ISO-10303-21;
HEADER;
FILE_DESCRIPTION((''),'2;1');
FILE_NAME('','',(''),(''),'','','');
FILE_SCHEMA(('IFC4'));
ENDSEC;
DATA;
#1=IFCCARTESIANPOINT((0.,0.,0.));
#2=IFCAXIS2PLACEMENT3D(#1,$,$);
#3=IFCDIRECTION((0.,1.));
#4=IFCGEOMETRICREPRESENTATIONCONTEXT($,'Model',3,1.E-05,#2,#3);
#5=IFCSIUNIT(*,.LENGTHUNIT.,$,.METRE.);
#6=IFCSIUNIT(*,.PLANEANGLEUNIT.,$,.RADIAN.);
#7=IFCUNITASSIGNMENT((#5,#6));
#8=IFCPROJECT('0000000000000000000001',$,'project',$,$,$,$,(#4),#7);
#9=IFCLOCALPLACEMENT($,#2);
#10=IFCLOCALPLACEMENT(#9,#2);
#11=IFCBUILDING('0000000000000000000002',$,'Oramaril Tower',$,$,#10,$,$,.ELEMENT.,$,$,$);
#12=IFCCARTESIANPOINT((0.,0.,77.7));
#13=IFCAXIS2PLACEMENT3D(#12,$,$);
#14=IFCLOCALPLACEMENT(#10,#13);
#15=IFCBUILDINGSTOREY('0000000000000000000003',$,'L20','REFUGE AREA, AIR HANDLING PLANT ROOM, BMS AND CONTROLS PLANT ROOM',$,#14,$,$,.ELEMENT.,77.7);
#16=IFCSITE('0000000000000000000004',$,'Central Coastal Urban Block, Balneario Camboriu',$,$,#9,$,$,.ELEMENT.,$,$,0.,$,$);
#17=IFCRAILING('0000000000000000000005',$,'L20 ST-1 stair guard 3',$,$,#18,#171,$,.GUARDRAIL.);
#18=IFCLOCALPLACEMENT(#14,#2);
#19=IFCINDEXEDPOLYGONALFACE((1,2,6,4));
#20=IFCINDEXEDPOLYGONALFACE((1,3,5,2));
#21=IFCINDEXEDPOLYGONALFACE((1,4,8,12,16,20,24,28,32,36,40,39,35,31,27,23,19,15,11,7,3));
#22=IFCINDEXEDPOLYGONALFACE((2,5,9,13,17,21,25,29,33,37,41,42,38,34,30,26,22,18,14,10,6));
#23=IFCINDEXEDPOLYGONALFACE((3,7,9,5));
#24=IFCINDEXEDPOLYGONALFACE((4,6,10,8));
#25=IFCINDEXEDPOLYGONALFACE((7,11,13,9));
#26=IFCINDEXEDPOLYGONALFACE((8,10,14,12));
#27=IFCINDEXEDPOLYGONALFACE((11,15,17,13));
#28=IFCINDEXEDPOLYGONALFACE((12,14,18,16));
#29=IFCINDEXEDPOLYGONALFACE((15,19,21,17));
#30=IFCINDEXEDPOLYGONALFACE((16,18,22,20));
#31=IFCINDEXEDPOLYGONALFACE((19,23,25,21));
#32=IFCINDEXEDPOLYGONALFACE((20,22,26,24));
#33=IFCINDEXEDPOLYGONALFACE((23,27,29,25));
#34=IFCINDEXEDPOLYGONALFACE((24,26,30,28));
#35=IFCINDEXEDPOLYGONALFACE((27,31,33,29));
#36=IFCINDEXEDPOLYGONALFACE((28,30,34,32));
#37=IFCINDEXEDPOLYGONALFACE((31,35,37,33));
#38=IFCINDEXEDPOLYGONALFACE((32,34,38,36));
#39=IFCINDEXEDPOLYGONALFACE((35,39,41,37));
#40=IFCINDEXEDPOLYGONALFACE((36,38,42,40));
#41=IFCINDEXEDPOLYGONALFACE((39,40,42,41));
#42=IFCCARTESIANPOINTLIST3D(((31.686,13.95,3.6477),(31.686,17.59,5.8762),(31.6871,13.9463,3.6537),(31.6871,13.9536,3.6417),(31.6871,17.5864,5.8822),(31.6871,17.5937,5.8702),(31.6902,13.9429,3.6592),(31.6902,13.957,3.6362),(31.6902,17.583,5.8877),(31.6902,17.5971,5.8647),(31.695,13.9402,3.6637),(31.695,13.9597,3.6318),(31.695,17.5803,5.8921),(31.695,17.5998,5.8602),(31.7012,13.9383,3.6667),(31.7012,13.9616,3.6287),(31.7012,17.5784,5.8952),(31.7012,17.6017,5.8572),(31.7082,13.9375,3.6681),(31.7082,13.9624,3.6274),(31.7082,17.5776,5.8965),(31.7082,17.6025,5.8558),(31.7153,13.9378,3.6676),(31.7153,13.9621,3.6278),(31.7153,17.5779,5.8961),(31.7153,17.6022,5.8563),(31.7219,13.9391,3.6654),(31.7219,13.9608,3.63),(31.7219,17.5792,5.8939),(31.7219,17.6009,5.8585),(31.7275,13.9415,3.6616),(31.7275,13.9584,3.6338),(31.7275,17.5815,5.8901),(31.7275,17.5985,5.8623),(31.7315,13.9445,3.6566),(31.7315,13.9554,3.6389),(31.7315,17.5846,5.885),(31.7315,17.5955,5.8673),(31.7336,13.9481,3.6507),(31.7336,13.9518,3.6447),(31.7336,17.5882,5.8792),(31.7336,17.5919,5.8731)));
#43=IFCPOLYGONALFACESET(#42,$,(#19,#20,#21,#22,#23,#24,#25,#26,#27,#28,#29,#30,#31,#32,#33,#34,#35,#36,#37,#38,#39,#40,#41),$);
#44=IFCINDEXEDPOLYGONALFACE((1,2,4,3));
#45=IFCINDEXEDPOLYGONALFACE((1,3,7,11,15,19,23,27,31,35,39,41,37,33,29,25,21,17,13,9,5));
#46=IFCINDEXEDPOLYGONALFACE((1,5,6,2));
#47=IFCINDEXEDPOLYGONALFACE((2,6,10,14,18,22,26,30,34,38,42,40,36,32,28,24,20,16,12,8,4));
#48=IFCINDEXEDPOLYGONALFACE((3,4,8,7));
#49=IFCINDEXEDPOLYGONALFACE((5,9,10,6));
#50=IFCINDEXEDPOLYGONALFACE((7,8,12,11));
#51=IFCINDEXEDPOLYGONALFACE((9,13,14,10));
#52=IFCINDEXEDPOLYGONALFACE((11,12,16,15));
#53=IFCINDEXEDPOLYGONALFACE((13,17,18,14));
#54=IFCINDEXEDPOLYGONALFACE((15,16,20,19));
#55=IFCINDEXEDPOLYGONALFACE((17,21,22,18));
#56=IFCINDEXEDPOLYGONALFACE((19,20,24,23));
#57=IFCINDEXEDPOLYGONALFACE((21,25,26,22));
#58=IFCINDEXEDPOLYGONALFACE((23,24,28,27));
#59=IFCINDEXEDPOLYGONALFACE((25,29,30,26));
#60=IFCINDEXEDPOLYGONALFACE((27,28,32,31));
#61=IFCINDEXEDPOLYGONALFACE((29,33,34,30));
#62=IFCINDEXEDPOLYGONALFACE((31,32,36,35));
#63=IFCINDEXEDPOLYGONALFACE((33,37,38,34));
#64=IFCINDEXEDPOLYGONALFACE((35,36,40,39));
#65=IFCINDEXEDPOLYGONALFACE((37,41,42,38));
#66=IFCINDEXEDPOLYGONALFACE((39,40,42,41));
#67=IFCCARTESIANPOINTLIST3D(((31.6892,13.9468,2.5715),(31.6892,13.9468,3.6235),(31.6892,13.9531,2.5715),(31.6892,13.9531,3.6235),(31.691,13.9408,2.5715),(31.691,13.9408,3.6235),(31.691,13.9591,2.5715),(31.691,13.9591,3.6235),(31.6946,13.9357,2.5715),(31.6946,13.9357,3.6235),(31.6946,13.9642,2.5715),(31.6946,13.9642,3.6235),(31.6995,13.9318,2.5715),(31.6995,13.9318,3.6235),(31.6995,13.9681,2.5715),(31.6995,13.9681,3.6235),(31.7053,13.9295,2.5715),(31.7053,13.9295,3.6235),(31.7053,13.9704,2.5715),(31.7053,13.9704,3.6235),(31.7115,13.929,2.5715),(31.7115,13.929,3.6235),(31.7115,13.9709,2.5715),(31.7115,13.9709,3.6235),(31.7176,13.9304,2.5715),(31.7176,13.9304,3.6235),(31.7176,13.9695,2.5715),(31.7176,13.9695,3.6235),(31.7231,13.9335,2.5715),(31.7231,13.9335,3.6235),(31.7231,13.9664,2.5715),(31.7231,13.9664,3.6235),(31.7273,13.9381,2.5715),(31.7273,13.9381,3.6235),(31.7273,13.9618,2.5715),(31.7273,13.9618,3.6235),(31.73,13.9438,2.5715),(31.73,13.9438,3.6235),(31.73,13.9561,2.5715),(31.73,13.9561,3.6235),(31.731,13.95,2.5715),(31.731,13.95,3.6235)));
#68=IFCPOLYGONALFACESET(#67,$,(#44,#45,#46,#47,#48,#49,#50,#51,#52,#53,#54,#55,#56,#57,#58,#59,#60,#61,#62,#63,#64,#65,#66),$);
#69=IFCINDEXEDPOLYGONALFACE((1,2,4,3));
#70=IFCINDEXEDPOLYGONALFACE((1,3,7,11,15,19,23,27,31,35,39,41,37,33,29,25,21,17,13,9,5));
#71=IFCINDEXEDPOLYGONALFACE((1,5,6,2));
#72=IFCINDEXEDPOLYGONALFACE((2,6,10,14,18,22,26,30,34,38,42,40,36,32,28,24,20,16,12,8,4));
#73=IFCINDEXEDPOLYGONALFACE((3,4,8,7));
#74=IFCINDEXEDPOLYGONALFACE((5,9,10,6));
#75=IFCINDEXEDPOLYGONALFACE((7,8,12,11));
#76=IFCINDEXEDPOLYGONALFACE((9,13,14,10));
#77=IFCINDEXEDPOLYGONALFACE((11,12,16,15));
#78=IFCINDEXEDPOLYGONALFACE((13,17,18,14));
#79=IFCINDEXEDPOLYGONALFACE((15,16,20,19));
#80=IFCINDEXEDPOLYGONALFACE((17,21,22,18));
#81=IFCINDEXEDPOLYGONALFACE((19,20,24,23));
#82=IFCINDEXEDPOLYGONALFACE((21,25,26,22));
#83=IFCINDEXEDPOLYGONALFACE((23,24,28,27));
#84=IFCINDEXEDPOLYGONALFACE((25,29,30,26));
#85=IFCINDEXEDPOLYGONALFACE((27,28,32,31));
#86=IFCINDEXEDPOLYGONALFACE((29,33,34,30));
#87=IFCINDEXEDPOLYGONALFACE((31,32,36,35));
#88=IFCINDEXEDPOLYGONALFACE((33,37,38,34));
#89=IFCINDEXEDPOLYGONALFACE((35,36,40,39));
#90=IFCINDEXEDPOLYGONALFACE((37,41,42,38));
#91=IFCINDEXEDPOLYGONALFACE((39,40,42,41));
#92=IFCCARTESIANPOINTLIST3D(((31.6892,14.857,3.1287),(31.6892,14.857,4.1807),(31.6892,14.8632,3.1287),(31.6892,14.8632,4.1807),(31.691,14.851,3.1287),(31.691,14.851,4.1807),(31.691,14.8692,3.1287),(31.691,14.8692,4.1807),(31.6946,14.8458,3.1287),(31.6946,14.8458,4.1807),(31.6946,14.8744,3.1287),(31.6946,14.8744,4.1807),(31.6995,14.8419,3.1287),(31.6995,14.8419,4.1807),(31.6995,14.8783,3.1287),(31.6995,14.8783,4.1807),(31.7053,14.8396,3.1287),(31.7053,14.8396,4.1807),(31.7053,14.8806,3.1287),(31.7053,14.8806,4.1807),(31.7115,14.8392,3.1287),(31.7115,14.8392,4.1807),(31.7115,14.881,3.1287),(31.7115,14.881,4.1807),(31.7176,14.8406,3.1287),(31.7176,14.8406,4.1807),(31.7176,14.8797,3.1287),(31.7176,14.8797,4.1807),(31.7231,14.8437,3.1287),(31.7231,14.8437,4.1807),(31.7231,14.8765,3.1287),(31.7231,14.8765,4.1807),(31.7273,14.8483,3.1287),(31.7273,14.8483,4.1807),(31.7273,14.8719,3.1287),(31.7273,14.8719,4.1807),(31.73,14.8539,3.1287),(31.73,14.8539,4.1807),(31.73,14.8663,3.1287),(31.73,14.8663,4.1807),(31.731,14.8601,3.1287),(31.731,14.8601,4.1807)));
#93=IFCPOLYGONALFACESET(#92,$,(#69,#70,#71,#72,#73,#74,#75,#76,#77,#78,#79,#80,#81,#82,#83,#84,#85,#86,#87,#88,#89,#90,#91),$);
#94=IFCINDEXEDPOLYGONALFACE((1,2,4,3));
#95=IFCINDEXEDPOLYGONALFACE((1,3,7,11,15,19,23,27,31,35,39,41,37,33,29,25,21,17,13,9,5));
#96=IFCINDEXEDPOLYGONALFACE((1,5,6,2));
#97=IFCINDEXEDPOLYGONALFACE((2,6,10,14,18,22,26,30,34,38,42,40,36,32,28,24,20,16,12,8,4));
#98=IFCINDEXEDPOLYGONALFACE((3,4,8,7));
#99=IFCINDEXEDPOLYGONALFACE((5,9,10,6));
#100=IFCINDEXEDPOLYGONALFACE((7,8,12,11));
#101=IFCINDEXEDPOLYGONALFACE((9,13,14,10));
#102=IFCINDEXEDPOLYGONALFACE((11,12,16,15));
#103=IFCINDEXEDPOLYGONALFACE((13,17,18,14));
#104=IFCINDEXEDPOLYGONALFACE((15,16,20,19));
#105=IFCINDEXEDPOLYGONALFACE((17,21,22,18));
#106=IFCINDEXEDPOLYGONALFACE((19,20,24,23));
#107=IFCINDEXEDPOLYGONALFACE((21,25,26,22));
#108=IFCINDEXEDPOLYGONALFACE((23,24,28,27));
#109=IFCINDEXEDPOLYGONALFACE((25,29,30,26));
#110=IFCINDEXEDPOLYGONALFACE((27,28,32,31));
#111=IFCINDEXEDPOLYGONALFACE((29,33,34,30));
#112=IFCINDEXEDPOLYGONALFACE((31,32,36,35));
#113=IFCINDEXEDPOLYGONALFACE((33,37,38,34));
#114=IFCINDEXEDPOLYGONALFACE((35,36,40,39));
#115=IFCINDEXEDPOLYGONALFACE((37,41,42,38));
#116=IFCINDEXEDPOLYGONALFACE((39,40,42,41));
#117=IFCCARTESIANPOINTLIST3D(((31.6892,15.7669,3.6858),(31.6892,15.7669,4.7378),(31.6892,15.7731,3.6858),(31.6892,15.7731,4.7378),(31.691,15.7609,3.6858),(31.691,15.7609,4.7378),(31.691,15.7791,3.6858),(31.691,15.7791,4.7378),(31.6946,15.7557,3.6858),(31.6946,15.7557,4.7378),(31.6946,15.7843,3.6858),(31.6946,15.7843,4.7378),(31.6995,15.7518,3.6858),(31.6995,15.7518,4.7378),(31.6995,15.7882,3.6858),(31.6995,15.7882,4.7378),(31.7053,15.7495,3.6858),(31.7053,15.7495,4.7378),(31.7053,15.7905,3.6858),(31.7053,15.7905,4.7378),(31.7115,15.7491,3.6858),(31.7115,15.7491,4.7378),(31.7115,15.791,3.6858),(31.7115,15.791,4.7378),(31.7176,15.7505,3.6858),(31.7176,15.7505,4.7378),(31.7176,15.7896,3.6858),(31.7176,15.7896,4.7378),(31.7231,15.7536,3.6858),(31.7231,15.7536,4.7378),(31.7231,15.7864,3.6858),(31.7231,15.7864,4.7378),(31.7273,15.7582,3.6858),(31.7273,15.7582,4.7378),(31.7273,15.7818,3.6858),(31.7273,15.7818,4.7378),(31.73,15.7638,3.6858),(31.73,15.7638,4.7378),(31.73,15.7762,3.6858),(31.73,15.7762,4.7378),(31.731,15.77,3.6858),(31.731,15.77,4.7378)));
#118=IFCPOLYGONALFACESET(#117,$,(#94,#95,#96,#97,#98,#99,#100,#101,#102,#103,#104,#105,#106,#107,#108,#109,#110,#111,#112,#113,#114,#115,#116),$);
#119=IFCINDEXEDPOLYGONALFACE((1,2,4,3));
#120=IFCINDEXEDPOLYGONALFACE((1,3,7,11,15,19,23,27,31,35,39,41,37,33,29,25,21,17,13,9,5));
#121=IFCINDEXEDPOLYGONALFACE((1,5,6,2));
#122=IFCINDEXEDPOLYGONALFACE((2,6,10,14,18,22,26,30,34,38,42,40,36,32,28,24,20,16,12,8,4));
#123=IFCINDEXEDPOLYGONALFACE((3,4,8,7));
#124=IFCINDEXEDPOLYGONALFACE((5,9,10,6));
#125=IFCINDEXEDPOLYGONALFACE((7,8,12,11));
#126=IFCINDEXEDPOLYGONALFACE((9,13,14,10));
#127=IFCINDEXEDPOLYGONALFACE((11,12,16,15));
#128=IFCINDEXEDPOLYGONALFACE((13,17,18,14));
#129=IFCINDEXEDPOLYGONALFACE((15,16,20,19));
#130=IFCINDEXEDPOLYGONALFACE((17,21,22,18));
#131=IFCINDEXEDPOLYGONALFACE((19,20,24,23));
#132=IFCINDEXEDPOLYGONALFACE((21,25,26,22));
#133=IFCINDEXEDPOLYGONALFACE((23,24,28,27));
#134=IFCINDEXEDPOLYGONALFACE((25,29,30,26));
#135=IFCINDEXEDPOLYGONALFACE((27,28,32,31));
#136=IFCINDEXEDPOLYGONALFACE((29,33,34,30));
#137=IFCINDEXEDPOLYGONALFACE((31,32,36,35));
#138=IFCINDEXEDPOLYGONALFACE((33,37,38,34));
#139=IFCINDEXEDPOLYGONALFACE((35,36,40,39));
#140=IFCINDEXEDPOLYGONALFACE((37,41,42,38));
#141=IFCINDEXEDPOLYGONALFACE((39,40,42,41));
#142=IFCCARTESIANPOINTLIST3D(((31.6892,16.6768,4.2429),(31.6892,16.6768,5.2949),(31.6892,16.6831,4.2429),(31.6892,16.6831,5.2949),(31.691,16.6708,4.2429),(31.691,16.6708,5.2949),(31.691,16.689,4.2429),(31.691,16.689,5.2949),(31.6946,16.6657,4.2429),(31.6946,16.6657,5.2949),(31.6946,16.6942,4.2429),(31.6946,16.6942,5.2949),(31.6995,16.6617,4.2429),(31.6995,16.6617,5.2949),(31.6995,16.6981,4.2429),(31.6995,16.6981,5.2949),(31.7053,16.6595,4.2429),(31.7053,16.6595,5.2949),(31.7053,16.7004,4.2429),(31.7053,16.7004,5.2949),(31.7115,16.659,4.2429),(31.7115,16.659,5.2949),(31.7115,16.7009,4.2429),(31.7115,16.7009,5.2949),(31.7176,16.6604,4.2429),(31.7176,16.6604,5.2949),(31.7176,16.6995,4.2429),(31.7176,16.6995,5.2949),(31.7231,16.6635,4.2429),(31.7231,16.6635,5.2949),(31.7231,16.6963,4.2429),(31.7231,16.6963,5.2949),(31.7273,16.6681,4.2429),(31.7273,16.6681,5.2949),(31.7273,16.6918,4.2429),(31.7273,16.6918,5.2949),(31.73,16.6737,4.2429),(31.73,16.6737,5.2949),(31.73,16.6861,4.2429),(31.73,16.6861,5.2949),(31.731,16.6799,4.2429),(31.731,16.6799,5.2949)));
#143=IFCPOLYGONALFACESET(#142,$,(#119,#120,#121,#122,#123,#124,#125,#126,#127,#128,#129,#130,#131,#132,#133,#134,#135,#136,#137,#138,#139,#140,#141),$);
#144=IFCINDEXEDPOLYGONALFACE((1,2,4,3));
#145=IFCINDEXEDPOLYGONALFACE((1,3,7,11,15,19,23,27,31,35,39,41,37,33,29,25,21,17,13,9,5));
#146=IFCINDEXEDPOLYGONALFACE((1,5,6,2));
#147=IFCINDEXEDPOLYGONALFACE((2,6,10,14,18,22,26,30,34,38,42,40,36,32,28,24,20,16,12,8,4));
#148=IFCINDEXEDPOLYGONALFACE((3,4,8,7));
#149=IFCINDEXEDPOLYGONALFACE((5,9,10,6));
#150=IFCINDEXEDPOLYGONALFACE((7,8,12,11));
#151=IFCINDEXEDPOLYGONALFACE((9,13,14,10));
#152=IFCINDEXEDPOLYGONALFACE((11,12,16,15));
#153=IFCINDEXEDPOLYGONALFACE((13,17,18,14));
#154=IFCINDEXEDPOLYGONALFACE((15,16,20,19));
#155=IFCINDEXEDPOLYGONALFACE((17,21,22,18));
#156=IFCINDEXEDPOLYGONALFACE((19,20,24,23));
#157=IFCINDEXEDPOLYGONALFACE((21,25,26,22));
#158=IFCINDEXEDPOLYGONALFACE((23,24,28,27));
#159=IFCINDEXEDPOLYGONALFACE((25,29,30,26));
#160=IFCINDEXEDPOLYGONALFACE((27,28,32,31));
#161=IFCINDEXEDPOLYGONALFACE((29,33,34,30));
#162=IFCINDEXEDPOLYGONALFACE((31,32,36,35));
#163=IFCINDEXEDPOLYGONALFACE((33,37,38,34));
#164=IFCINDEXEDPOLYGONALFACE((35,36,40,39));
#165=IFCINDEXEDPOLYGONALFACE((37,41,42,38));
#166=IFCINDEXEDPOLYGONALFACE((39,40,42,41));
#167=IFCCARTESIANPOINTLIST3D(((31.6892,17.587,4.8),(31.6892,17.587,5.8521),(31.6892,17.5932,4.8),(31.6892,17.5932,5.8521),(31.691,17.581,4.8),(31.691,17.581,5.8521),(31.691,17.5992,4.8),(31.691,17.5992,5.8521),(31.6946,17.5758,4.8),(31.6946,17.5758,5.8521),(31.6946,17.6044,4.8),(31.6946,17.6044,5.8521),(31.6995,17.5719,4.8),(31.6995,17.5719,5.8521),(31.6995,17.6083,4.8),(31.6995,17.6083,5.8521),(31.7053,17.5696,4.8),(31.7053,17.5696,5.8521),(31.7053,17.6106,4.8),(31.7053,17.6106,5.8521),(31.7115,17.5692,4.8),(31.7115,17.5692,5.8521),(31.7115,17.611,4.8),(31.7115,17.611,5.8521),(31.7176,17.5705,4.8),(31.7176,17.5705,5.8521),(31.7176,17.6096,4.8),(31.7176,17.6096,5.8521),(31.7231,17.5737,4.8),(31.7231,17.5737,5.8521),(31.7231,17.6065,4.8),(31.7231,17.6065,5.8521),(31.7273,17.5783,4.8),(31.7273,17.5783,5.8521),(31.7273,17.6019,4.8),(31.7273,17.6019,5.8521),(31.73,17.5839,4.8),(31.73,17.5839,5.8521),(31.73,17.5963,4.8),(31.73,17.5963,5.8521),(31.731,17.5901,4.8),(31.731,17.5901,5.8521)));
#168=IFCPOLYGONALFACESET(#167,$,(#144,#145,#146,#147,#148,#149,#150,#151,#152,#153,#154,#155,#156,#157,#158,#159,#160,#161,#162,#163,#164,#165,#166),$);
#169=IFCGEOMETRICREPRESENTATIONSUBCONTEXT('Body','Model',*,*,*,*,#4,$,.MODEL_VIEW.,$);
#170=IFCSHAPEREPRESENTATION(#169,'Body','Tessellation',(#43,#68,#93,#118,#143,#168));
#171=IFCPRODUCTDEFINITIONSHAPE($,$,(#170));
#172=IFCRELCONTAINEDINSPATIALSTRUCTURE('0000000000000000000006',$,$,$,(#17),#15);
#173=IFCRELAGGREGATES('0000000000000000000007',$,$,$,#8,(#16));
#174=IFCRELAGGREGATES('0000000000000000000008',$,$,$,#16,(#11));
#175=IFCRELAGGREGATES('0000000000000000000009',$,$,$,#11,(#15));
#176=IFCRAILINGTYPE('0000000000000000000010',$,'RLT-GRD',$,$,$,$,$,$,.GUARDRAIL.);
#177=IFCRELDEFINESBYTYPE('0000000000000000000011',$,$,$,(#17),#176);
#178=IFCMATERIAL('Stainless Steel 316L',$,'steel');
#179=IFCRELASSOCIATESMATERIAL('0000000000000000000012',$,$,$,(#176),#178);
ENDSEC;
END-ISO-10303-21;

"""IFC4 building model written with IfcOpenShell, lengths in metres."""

from ifc_helpers import new_model, si_unit, direction, frame, origin, origin_2d, place, context, subcontext, project, spatial, circle, extrude, material, type_object, element, save


model = new_model("IFC4")

# Units and contexts
model_context = context("Model", 3, precision=1e-05, world=origin(), true_north=direction((0.0, 1.0)))
body_context = subcontext(model_context, "Body", "Model", "MODEL_VIEW")
ifc_project = project(units=[si_unit("LENGTHUNIT", "METRE"), si_unit("PLANEANGLEUNIT", "RADIAN")], contexts=[model_context])

# Site, building, storey
site_placement = place(None, origin())
site = spatial("IfcSite", under=ifc_project, at=site_placement, Name="Central Coastal Urban Block, Balneario Camboriu", CompositionType="ELEMENT", RefElevation=0.0)
building_placement = place(site_placement, origin())
building = spatial("IfcBuilding", under=site, at=building_placement, Name="Oramaril Tower", CompositionType="ELEMENT")
storey_placement = place(building_placement, frame((0.0, 0.0, 77.7)))
storey = spatial("IfcBuildingStorey", under=building, at=storey_placement, Name="L20", Description="REFUGE AREA, AIR HANDLING PLANT ROOM, BMS AND CONTROLS PLANT ROOM", CompositionType="ELEMENT", Elevation=77.7)

# Railing
ifc_material_1 = material(Name="Stainless Steel 316L", Category="steel")
railing_type_1 = type_object("IfcRailingType", Name="RLT-GRD", PredefinedType="GUARDRAIL", material=ifc_material_1)
railing_1_placement = place(storey_placement, frame((31.71, 13.95, 2.5715)))
element("IfcRailing", 1, at=railing_1_placement, inside=storey, type_object=railing_type_1, Name="L20 ST-1 stair guard 3", PredefinedType="GUARDRAIL", context=body_context, shape_type="SweptSolid", body=[
    extrude(circle(Radius=0.0239, at=origin_2d()), frame((0.0, 0.0, 1.0762), z_axis=(0.0, 0.852866, 0.52213), x_axis=(-1.0, 0.0, 0.0)), (0.0, 0.0, 1.0), 4.2681),
    extrude(circle(Radius=0.021, at=origin_2d()), origin(), (0.0, 0.0, 1.0), 1.052),
    extrude(circle(Radius=0.021, at=origin_2d()), frame((0.0, 0.9102, 0.5571)), (0.0, 0.0, 1.0), 1.052),
    extrude(circle(Radius=0.021, at=origin_2d()), frame((0.0, 1.8201, 1.1143)), (0.0, 0.0, 1.0), 1.052),
    extrude(circle(Radius=0.021, at=origin_2d()), frame((0.0, 2.73, 1.6714)), (0.0, 0.0, 1.0), 1.052),
    extrude(circle(Radius=0.021, at=origin_2d()), frame((0.0, 3.6401, 2.2285)), (0.0, 0.0, 1.0), 1.052),
])

save(model, "model.ifc")
